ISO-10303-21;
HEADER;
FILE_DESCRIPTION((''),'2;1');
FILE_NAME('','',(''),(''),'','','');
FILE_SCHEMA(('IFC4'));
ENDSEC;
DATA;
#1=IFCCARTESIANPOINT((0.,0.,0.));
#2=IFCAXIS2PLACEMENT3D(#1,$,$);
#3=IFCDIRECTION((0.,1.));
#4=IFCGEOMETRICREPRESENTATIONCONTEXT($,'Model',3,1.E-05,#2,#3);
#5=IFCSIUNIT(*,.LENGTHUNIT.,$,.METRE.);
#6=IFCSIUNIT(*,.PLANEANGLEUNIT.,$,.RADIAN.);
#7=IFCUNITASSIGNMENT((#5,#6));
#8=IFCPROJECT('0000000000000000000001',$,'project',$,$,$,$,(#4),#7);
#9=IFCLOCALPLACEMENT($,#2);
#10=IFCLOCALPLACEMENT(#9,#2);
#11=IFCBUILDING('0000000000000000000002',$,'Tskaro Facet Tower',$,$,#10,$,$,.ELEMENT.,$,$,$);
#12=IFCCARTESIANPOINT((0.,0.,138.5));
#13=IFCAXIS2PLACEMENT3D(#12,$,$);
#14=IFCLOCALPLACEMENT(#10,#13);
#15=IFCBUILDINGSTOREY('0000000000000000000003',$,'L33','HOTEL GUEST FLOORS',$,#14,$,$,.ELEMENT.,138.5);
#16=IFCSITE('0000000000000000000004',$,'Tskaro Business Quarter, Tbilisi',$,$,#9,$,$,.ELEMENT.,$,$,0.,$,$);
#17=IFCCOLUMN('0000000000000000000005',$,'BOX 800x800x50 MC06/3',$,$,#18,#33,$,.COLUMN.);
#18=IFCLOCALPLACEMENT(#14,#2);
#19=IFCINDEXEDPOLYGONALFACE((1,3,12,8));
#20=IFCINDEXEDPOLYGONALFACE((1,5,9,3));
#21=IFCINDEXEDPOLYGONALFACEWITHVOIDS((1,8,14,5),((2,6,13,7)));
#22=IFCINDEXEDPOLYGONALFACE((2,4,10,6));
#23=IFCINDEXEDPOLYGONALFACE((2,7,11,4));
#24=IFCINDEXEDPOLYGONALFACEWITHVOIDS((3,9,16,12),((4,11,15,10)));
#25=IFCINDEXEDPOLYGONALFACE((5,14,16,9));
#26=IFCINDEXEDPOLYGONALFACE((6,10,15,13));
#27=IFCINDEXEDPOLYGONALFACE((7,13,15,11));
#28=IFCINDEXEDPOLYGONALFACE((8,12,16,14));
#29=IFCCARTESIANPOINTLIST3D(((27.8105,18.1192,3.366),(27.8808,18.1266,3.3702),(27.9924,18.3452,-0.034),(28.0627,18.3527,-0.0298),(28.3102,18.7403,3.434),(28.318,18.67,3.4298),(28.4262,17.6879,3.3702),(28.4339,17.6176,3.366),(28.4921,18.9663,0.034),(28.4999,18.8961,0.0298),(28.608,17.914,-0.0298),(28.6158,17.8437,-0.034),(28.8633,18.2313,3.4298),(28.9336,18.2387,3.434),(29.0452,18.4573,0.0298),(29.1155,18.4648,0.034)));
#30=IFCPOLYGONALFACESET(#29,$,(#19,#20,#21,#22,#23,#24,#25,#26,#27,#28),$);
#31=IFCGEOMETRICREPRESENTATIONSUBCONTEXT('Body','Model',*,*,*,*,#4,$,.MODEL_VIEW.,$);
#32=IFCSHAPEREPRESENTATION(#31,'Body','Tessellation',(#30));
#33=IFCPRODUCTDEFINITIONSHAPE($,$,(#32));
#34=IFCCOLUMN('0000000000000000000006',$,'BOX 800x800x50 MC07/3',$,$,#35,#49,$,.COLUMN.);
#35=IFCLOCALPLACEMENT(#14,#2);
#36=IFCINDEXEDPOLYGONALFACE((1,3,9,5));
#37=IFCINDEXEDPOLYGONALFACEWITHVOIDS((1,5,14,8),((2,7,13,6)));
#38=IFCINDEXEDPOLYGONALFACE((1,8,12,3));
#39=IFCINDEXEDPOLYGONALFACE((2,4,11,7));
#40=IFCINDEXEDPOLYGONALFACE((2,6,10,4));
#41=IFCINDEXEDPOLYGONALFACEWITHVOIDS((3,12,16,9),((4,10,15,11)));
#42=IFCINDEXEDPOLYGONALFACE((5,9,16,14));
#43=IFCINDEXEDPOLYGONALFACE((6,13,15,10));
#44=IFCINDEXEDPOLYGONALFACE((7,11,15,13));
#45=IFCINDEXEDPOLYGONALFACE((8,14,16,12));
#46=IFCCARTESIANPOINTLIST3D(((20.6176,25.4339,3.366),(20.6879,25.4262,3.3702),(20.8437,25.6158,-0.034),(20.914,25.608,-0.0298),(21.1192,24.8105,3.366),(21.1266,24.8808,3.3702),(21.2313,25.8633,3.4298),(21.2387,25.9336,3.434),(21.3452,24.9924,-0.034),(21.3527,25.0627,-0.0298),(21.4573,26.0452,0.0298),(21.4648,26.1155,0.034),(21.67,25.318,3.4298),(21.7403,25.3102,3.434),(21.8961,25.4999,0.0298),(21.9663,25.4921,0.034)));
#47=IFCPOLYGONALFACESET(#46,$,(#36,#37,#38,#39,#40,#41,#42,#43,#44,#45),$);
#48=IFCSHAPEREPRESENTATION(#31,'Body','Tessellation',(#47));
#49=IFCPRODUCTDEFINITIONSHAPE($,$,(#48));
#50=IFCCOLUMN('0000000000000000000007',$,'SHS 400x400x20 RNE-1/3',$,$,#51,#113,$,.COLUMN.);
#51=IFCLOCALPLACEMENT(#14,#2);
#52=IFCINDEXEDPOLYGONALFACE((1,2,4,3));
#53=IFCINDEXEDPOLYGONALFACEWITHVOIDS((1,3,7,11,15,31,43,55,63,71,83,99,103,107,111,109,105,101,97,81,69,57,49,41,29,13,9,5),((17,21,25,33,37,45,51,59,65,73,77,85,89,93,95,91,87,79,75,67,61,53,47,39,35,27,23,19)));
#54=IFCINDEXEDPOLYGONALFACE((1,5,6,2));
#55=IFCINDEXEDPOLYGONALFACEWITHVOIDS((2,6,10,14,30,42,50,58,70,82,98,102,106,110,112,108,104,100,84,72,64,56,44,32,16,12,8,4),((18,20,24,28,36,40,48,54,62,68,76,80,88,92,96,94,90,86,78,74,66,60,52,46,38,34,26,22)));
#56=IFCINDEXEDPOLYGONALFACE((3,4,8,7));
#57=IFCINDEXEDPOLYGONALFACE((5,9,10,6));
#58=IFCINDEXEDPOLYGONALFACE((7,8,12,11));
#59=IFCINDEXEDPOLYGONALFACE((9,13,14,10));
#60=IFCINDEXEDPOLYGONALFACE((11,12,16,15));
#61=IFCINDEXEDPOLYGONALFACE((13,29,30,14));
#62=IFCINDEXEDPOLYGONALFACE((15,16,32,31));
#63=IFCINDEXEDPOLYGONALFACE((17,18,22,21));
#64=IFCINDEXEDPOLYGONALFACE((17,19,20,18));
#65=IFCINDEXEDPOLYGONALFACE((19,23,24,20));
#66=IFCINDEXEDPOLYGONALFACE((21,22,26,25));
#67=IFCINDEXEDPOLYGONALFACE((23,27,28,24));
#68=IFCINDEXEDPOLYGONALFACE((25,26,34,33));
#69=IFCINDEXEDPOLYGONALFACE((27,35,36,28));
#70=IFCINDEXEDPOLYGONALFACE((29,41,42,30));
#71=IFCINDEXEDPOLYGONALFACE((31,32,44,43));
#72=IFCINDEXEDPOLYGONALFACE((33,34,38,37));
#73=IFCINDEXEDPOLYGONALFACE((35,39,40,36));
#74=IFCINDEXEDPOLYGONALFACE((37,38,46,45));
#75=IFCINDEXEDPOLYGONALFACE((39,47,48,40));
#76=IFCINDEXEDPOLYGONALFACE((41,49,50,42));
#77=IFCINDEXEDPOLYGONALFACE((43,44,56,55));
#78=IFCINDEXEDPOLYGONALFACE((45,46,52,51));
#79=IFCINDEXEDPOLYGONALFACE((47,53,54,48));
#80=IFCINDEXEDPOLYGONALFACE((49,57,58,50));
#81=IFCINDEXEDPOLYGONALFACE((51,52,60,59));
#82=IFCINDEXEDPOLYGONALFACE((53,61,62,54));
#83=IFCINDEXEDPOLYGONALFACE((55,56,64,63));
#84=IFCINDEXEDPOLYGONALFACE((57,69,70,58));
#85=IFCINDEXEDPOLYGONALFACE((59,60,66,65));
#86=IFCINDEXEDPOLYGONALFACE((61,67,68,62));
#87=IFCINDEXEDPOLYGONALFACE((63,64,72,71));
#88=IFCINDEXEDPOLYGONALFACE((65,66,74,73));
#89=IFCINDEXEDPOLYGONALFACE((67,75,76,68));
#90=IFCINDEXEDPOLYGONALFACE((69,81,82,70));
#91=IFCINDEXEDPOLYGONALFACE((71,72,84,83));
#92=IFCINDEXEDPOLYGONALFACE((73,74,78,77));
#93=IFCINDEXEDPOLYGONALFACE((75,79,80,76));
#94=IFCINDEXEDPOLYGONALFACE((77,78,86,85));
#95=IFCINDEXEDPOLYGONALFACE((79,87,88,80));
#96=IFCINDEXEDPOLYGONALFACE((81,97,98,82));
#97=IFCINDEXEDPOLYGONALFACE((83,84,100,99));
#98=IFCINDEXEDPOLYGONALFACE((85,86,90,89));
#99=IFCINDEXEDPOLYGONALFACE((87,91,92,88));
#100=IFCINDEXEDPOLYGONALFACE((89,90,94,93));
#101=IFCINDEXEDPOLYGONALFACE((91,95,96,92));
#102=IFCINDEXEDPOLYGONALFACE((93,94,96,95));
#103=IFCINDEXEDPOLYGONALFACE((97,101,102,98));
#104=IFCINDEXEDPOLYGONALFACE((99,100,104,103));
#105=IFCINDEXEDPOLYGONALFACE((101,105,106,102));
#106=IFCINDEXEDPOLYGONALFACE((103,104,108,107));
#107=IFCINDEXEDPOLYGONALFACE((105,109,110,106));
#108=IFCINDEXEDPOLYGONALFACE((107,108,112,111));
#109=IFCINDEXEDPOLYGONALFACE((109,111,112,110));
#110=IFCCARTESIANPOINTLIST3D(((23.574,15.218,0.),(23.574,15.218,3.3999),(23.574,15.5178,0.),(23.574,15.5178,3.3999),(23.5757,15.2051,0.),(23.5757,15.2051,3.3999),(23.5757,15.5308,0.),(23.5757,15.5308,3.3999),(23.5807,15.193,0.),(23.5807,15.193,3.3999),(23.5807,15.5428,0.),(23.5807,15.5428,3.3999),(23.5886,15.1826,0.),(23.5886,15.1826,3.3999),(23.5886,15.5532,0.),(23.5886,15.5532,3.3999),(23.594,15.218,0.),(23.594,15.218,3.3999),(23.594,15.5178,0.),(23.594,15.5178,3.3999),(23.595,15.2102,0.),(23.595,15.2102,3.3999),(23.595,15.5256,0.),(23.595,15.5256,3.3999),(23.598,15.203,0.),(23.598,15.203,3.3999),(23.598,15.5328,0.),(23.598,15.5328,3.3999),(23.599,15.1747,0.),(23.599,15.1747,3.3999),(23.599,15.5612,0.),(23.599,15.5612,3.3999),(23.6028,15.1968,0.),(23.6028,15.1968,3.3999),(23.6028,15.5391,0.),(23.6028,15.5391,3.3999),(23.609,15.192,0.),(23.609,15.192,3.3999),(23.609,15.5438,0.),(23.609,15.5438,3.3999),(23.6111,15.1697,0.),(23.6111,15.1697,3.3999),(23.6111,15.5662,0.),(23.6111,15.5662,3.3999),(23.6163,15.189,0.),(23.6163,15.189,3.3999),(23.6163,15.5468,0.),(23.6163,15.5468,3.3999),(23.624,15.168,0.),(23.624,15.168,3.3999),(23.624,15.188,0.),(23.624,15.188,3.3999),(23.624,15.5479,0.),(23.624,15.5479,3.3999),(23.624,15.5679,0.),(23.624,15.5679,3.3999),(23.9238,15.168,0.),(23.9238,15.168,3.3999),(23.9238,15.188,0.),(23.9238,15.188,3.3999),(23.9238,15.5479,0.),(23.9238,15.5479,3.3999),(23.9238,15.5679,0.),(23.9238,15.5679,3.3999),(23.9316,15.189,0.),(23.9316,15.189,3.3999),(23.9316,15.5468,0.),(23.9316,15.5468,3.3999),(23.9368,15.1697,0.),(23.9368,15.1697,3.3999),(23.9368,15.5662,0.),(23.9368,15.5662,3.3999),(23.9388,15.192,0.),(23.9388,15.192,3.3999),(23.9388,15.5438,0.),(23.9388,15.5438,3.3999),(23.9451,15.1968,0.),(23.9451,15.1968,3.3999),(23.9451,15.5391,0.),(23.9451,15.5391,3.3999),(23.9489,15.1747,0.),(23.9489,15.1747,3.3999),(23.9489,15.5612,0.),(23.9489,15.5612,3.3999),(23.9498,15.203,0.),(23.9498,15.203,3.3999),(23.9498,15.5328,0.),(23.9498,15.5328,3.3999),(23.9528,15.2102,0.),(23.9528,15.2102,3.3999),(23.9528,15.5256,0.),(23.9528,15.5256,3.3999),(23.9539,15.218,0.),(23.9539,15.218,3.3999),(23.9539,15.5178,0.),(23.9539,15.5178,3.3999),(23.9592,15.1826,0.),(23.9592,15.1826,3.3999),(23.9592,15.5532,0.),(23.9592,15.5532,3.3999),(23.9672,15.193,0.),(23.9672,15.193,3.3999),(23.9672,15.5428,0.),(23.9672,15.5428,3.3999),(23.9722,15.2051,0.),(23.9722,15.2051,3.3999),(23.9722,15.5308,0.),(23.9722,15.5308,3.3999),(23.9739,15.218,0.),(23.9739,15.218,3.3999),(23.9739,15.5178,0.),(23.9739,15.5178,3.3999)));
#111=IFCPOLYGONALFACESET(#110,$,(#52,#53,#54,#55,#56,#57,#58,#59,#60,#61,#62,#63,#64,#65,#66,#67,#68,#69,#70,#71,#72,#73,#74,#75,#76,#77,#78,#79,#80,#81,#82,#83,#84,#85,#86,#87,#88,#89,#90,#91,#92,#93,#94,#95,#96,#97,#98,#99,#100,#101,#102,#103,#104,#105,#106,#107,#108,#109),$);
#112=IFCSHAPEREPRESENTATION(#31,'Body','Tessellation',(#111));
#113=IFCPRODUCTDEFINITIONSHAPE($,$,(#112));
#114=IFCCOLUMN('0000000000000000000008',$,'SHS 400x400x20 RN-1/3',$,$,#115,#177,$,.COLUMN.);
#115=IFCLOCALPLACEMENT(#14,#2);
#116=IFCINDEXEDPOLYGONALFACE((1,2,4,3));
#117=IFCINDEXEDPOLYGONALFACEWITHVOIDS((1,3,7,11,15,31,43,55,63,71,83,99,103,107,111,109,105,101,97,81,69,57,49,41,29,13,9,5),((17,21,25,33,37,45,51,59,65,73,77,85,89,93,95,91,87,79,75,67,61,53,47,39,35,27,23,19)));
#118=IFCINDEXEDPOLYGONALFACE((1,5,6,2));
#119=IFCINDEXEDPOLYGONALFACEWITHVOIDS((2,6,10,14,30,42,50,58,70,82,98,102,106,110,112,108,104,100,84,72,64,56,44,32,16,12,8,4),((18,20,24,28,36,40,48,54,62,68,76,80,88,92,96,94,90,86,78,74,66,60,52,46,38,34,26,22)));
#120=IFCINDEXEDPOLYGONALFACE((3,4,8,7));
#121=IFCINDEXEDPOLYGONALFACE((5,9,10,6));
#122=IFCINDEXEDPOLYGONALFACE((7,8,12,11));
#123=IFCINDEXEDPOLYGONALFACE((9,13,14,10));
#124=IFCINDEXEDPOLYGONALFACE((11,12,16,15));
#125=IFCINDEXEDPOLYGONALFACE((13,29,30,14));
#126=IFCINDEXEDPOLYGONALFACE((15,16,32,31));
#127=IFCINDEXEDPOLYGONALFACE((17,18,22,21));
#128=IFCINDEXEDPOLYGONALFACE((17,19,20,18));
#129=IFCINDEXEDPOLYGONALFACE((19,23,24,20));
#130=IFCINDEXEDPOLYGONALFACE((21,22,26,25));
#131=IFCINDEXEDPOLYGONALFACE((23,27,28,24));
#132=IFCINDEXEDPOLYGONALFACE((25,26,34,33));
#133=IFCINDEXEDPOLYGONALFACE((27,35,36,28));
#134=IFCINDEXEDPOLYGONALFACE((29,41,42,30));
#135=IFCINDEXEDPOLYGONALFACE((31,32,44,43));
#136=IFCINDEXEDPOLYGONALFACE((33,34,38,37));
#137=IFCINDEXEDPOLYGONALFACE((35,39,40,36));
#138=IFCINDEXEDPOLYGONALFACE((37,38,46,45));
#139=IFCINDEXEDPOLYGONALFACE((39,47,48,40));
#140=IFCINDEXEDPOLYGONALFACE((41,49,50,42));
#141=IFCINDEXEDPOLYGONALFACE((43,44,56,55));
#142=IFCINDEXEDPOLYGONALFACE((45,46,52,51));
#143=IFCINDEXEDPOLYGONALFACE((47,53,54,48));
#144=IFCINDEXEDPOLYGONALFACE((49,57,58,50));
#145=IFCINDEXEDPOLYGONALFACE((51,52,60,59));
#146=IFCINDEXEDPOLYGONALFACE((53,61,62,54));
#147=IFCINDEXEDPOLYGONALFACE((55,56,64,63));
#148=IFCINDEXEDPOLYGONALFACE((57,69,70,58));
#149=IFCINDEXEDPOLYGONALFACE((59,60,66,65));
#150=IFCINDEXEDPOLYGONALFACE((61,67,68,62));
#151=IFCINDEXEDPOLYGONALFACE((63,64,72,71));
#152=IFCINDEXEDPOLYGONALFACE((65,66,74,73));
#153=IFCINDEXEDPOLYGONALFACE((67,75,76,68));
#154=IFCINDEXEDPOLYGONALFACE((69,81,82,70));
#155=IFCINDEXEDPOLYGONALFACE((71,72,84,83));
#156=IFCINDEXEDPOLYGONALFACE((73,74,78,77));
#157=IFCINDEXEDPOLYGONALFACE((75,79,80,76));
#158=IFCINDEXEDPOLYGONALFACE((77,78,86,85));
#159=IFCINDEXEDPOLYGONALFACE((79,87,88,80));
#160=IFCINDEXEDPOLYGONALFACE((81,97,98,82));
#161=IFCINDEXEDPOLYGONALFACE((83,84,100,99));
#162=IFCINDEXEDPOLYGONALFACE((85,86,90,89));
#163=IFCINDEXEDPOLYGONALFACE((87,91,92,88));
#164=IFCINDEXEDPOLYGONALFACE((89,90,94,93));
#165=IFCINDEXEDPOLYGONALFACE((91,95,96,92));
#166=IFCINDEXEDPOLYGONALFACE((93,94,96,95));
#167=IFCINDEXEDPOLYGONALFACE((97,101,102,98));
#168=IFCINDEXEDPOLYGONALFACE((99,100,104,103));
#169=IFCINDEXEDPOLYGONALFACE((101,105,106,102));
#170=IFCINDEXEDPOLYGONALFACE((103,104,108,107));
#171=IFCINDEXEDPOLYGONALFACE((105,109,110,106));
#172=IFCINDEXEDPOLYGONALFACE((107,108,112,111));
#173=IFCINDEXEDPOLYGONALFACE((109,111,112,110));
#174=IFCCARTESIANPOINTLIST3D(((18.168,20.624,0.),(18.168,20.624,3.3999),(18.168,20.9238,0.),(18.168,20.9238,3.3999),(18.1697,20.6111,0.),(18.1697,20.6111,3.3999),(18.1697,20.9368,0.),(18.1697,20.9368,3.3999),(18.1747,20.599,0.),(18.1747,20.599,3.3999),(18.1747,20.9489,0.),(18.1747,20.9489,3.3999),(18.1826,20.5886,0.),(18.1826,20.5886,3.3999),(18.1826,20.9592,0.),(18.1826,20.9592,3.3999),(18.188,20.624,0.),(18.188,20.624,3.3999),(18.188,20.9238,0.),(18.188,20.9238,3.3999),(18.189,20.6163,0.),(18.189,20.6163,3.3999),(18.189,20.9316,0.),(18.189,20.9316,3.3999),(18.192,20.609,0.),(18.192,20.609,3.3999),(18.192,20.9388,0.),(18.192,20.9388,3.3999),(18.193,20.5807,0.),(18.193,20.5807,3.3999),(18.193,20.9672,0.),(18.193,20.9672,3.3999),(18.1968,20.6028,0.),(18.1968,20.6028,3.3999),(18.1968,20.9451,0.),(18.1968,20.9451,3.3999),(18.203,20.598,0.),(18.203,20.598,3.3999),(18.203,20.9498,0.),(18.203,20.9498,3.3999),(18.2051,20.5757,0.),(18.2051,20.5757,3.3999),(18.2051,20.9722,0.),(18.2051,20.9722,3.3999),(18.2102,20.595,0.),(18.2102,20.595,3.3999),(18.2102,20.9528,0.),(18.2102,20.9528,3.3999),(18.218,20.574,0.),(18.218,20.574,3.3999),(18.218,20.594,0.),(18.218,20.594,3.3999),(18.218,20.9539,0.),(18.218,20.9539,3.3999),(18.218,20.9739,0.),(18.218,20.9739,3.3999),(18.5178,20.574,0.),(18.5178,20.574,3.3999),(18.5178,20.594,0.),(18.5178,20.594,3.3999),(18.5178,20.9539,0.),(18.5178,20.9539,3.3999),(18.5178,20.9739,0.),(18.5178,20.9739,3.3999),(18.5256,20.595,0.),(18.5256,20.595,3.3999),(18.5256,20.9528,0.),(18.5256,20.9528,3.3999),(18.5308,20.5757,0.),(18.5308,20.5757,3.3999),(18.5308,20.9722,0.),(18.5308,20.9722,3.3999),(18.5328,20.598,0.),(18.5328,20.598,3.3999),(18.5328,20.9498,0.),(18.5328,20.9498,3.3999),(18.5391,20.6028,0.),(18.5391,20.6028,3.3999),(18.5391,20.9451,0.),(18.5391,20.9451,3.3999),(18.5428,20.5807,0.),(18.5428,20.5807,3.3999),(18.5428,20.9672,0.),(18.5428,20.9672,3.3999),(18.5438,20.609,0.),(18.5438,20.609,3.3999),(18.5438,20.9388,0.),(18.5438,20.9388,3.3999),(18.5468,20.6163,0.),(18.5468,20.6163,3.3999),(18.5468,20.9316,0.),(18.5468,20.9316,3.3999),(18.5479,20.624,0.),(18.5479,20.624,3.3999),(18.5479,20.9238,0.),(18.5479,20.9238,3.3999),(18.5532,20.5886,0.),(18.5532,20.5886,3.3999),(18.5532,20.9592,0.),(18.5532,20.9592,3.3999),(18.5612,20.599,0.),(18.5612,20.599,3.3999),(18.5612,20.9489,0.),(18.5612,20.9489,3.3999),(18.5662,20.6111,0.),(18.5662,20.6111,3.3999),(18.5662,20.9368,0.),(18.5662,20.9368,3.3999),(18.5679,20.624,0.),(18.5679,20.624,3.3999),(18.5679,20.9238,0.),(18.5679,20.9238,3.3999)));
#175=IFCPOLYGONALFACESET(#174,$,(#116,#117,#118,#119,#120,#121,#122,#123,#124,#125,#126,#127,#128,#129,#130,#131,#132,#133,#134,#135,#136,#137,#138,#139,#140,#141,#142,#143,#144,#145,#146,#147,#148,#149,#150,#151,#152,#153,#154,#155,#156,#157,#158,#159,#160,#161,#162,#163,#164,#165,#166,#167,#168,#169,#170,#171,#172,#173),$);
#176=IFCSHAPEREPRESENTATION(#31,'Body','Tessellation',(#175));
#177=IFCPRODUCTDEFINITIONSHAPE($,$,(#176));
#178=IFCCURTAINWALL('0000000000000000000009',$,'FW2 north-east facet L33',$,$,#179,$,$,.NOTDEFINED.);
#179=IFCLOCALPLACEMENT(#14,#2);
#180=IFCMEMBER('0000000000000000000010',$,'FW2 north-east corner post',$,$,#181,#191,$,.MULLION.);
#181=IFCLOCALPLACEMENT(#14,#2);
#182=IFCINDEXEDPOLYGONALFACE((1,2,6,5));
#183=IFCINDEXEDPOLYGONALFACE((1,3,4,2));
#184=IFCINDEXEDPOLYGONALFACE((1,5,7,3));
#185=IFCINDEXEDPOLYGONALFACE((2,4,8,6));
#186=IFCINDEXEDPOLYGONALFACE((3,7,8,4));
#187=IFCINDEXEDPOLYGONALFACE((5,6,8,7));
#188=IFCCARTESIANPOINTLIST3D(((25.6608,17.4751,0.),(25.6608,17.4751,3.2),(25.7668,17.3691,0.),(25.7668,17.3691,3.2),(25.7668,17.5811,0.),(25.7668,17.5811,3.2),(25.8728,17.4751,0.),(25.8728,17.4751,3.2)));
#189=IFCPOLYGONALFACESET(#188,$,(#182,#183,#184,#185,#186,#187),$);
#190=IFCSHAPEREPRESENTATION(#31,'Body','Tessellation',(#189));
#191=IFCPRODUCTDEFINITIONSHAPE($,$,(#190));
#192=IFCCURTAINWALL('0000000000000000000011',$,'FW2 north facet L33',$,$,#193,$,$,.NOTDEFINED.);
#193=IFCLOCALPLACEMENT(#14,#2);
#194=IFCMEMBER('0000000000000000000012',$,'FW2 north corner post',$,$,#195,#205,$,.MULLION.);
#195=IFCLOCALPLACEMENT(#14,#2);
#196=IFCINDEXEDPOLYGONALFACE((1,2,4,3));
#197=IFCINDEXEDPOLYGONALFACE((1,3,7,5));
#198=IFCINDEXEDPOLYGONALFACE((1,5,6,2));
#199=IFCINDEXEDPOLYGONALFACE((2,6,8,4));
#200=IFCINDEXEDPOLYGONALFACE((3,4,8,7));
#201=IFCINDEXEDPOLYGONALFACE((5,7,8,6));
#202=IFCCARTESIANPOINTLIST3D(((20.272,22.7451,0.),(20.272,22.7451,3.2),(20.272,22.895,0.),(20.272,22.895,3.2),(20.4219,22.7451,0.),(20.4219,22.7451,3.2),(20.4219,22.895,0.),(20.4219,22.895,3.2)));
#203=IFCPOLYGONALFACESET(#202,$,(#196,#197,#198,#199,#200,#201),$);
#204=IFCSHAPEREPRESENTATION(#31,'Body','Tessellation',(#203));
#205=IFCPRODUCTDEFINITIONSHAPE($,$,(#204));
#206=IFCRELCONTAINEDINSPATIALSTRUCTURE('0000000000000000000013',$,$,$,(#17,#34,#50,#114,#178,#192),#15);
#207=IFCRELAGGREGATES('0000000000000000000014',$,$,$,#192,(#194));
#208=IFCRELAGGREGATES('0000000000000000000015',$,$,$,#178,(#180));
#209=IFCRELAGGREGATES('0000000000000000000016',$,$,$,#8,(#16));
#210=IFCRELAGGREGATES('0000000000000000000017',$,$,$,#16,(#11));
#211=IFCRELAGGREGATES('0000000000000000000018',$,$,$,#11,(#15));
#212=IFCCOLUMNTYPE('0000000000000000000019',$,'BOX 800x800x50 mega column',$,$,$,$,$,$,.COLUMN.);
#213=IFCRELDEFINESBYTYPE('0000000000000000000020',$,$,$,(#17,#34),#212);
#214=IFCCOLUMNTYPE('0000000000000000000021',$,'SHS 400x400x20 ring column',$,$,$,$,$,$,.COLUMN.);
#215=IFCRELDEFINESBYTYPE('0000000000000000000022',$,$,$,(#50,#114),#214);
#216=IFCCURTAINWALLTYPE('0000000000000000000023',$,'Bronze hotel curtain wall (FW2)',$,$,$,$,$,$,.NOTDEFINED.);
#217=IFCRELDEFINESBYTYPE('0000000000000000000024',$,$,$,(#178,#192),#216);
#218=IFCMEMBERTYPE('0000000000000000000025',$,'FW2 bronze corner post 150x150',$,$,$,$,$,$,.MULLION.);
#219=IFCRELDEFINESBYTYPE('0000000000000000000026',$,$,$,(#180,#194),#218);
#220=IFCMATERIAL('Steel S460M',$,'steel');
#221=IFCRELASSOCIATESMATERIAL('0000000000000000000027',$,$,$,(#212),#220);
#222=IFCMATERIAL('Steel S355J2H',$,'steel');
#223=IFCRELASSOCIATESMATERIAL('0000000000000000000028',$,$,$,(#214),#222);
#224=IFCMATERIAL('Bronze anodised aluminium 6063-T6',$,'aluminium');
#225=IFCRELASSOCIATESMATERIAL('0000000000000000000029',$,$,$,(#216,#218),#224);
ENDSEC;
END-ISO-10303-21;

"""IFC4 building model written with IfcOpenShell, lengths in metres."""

from ifc_helpers import new_model, si_unit, direction, frame, origin, origin_2d, place, context, subcontext, project, spatial, rectangle, hollow_rectangle, extrude, material, material_profile, profile_set, type_object, element, aggregate, save


model = new_model("IFC4")

# Units and contexts
model_context = context("Model", 3, precision=1e-05, world=origin(), true_north=direction((0.0, 1.0)))
body_context = subcontext(model_context, "Body", "Model", "MODEL_VIEW")
ifc_project = project(units=[si_unit("LENGTHUNIT", "METRE"), si_unit("PLANEANGLEUNIT", "RADIAN")], contexts=[model_context])

# Site, building, storey
site_placement = place(None, origin())
site = spatial("IfcSite", under=ifc_project, at=site_placement, Name="Tskaro Business Quarter, Tbilisi", CompositionType="ELEMENT", RefElevation=0.0)
building_placement = place(site_placement, origin())
building = spatial("IfcBuilding", under=site, at=building_placement, Name="Tskaro Facet Tower", CompositionType="ELEMENT")
storey_placement = place(building_placement, frame((0.0, 0.0, 138.5)))
storey = spatial("IfcBuildingStorey", under=building, at=storey_placement, Name="L33", Description="HOTEL GUEST FLOORS", CompositionType="ELEMENT", Elevation=138.5)

# Columns
ifc_material_1 = material(Name="Steel S460M", Category="steel")
ifc_material_profile_1 = material_profile(ifc_material_1, hollow_rectangle(XDim=0.8, YDim=0.8, WallThickness=0.05, at=origin_2d()), Name="BOX 800x800x50")
ifc_profile_set_1 = profile_set([ifc_material_profile_1], Name="Steel S460M")
column_type_1 = type_object("IfcColumnType", Name="BOX 800x800x50 mega column", PredefinedType="COLUMN", material=ifc_profile_set_1)
for number, where, z_axis, x_axis, name in (
    (1, (28.554, 18.405, 0.0), (-0.053303, -0.066253, 0.996378), (0.779142, -0.626847, 0.0), "BOX 800x800x50 MC06/3"),
    (2, (21.405, 25.554, 0.0), (-0.066253, -0.053303, 0.996378), (0.626847, -0.779142, 0.0), "BOX 800x800x50 MC07/3"),
):
    element("IfcColumn", number, at=place(storey_placement, frame(where, z_axis=z_axis, x_axis=x_axis)), inside=storey, type_object=column_type_1, Name=name, PredefinedType="COLUMN", context=body_context, shape_type="SweptSolid", body=[
        extrude(hollow_rectangle(XDim=0.8, YDim=0.8, WallThickness=0.05, at=origin_2d()), origin(), (0.0, 0.0, 1.0), 3.4124),
    ])
ifc_material_2 = material(Name="Steel S355J2H", Category="steel")
ifc_material_profile_2 = material_profile(ifc_material_2, hollow_rectangle(XDim=0.3999, YDim=0.3999, WallThickness=0.02, InnerFilletRadius=0.03, OuterFilletRadius=0.05, at=origin_2d()), Name="SHS 400x400x20")
ifc_profile_set_2 = profile_set([ifc_material_profile_2], Name="Steel S355J2H")
column_type_2 = type_object("IfcColumnType", Name="SHS 400x400x20 ring column", PredefinedType="COLUMN", material=ifc_profile_set_2)
for number, where, z_axis, x_axis, name in (
    (3, (23.7739, 15.3679, 0.0), (0.0, 0.0, 1.0), (1.0, 0.0, 0.0), "SHS 400x400x20 RNE-1/3"),
    (4, (18.3679, 20.7739, 0.0), (0.0, 0.0, 1.0), (1.0, 0.0, 0.0), "SHS 400x400x20 RN-1/3"),
):
    element("IfcColumn", number, at=place(storey_placement, frame(where, z_axis=z_axis, x_axis=x_axis)), inside=storey, type_object=column_type_2, Name=name, PredefinedType="COLUMN", context=body_context, shape_type="SweptSolid", body=[
        extrude(hollow_rectangle(XDim=0.3999, YDim=0.3999, WallThickness=0.02, InnerFilletRadius=0.03, OuterFilletRadius=0.05, at=origin_2d()), origin(), (0.0, 0.0, 1.0), 3.3999),
    ])

# Curtain walls, members
ifc_material_3 = material(Name="Bronze anodised aluminium 6063-T6", Category="aluminium")
curtain_wall_type = type_object("IfcCurtainWallType", Name="Bronze hotel curtain wall (FW2)", PredefinedType="NOTDEFINED", material=ifc_material_3)
curtain_wall_1_placement = place(storey_placement, origin())
curtain_wall_1 = element("IfcCurtainWall", 5, at=curtain_wall_1_placement, inside=storey, type_object=curtain_wall_type, Name="FW2 north-east facet L33", PredefinedType="NOTDEFINED")
ifc_material_profile_3 = material_profile(ifc_material_3, rectangle(XDim=0.1499, YDim=0.1499, at=origin_2d()), Name="Corner post 150x150")
ifc_profile_set_3 = profile_set([ifc_material_profile_3], Name="Bronze anodised aluminium 6063-T6")
member_type_1 = type_object("IfcMemberType", Name="FW2 bronze corner post 150x150", PredefinedType="MULLION", material=ifc_profile_set_3)
member_1_placement = place(storey_placement, frame((25.7668, 17.4751, 0.0), z_axis=(0.0, 0.0, 1.0), x_axis=(-0.707107, 0.707107, 0.0)))
member_1 = element("IfcMember", 6, at=member_1_placement, type_object=member_type_1, Name="FW2 north-east corner post", PredefinedType="MULLION", context=body_context, shape_type="SweptSolid", body=[
    extrude(rectangle(XDim=0.1499, YDim=0.1499, at=origin_2d()), origin(), (0.0, 0.0, 1.0), 3.2),
])
curtain_wall_2_placement = place(storey_placement, origin())
curtain_wall_2 = element("IfcCurtainWall", 7, at=curtain_wall_2_placement, inside=storey, type_object=curtain_wall_type, Name="FW2 north facet L33", PredefinedType="NOTDEFINED")
member_2_placement = place(storey_placement, frame((20.3469, 22.8201, 0.0), z_axis=(0.0, 0.0, 1.0), x_axis=(-1.0, 0.0, 0.0)))
member_2 = element("IfcMember", 8, at=member_2_placement, type_object=member_type_1, Name="FW2 north corner post", PredefinedType="MULLION", context=body_context, shape_type="SweptSolid", body=[
    extrude(rectangle(XDim=0.1499, YDim=0.1499, at=origin_2d()), origin(), (0.0, 0.0, 1.0), 3.2),
])

aggregate(curtain_wall_2, [member_2])

aggregate(curtain_wall_1, [member_1])

save(model, "model.ifc")
